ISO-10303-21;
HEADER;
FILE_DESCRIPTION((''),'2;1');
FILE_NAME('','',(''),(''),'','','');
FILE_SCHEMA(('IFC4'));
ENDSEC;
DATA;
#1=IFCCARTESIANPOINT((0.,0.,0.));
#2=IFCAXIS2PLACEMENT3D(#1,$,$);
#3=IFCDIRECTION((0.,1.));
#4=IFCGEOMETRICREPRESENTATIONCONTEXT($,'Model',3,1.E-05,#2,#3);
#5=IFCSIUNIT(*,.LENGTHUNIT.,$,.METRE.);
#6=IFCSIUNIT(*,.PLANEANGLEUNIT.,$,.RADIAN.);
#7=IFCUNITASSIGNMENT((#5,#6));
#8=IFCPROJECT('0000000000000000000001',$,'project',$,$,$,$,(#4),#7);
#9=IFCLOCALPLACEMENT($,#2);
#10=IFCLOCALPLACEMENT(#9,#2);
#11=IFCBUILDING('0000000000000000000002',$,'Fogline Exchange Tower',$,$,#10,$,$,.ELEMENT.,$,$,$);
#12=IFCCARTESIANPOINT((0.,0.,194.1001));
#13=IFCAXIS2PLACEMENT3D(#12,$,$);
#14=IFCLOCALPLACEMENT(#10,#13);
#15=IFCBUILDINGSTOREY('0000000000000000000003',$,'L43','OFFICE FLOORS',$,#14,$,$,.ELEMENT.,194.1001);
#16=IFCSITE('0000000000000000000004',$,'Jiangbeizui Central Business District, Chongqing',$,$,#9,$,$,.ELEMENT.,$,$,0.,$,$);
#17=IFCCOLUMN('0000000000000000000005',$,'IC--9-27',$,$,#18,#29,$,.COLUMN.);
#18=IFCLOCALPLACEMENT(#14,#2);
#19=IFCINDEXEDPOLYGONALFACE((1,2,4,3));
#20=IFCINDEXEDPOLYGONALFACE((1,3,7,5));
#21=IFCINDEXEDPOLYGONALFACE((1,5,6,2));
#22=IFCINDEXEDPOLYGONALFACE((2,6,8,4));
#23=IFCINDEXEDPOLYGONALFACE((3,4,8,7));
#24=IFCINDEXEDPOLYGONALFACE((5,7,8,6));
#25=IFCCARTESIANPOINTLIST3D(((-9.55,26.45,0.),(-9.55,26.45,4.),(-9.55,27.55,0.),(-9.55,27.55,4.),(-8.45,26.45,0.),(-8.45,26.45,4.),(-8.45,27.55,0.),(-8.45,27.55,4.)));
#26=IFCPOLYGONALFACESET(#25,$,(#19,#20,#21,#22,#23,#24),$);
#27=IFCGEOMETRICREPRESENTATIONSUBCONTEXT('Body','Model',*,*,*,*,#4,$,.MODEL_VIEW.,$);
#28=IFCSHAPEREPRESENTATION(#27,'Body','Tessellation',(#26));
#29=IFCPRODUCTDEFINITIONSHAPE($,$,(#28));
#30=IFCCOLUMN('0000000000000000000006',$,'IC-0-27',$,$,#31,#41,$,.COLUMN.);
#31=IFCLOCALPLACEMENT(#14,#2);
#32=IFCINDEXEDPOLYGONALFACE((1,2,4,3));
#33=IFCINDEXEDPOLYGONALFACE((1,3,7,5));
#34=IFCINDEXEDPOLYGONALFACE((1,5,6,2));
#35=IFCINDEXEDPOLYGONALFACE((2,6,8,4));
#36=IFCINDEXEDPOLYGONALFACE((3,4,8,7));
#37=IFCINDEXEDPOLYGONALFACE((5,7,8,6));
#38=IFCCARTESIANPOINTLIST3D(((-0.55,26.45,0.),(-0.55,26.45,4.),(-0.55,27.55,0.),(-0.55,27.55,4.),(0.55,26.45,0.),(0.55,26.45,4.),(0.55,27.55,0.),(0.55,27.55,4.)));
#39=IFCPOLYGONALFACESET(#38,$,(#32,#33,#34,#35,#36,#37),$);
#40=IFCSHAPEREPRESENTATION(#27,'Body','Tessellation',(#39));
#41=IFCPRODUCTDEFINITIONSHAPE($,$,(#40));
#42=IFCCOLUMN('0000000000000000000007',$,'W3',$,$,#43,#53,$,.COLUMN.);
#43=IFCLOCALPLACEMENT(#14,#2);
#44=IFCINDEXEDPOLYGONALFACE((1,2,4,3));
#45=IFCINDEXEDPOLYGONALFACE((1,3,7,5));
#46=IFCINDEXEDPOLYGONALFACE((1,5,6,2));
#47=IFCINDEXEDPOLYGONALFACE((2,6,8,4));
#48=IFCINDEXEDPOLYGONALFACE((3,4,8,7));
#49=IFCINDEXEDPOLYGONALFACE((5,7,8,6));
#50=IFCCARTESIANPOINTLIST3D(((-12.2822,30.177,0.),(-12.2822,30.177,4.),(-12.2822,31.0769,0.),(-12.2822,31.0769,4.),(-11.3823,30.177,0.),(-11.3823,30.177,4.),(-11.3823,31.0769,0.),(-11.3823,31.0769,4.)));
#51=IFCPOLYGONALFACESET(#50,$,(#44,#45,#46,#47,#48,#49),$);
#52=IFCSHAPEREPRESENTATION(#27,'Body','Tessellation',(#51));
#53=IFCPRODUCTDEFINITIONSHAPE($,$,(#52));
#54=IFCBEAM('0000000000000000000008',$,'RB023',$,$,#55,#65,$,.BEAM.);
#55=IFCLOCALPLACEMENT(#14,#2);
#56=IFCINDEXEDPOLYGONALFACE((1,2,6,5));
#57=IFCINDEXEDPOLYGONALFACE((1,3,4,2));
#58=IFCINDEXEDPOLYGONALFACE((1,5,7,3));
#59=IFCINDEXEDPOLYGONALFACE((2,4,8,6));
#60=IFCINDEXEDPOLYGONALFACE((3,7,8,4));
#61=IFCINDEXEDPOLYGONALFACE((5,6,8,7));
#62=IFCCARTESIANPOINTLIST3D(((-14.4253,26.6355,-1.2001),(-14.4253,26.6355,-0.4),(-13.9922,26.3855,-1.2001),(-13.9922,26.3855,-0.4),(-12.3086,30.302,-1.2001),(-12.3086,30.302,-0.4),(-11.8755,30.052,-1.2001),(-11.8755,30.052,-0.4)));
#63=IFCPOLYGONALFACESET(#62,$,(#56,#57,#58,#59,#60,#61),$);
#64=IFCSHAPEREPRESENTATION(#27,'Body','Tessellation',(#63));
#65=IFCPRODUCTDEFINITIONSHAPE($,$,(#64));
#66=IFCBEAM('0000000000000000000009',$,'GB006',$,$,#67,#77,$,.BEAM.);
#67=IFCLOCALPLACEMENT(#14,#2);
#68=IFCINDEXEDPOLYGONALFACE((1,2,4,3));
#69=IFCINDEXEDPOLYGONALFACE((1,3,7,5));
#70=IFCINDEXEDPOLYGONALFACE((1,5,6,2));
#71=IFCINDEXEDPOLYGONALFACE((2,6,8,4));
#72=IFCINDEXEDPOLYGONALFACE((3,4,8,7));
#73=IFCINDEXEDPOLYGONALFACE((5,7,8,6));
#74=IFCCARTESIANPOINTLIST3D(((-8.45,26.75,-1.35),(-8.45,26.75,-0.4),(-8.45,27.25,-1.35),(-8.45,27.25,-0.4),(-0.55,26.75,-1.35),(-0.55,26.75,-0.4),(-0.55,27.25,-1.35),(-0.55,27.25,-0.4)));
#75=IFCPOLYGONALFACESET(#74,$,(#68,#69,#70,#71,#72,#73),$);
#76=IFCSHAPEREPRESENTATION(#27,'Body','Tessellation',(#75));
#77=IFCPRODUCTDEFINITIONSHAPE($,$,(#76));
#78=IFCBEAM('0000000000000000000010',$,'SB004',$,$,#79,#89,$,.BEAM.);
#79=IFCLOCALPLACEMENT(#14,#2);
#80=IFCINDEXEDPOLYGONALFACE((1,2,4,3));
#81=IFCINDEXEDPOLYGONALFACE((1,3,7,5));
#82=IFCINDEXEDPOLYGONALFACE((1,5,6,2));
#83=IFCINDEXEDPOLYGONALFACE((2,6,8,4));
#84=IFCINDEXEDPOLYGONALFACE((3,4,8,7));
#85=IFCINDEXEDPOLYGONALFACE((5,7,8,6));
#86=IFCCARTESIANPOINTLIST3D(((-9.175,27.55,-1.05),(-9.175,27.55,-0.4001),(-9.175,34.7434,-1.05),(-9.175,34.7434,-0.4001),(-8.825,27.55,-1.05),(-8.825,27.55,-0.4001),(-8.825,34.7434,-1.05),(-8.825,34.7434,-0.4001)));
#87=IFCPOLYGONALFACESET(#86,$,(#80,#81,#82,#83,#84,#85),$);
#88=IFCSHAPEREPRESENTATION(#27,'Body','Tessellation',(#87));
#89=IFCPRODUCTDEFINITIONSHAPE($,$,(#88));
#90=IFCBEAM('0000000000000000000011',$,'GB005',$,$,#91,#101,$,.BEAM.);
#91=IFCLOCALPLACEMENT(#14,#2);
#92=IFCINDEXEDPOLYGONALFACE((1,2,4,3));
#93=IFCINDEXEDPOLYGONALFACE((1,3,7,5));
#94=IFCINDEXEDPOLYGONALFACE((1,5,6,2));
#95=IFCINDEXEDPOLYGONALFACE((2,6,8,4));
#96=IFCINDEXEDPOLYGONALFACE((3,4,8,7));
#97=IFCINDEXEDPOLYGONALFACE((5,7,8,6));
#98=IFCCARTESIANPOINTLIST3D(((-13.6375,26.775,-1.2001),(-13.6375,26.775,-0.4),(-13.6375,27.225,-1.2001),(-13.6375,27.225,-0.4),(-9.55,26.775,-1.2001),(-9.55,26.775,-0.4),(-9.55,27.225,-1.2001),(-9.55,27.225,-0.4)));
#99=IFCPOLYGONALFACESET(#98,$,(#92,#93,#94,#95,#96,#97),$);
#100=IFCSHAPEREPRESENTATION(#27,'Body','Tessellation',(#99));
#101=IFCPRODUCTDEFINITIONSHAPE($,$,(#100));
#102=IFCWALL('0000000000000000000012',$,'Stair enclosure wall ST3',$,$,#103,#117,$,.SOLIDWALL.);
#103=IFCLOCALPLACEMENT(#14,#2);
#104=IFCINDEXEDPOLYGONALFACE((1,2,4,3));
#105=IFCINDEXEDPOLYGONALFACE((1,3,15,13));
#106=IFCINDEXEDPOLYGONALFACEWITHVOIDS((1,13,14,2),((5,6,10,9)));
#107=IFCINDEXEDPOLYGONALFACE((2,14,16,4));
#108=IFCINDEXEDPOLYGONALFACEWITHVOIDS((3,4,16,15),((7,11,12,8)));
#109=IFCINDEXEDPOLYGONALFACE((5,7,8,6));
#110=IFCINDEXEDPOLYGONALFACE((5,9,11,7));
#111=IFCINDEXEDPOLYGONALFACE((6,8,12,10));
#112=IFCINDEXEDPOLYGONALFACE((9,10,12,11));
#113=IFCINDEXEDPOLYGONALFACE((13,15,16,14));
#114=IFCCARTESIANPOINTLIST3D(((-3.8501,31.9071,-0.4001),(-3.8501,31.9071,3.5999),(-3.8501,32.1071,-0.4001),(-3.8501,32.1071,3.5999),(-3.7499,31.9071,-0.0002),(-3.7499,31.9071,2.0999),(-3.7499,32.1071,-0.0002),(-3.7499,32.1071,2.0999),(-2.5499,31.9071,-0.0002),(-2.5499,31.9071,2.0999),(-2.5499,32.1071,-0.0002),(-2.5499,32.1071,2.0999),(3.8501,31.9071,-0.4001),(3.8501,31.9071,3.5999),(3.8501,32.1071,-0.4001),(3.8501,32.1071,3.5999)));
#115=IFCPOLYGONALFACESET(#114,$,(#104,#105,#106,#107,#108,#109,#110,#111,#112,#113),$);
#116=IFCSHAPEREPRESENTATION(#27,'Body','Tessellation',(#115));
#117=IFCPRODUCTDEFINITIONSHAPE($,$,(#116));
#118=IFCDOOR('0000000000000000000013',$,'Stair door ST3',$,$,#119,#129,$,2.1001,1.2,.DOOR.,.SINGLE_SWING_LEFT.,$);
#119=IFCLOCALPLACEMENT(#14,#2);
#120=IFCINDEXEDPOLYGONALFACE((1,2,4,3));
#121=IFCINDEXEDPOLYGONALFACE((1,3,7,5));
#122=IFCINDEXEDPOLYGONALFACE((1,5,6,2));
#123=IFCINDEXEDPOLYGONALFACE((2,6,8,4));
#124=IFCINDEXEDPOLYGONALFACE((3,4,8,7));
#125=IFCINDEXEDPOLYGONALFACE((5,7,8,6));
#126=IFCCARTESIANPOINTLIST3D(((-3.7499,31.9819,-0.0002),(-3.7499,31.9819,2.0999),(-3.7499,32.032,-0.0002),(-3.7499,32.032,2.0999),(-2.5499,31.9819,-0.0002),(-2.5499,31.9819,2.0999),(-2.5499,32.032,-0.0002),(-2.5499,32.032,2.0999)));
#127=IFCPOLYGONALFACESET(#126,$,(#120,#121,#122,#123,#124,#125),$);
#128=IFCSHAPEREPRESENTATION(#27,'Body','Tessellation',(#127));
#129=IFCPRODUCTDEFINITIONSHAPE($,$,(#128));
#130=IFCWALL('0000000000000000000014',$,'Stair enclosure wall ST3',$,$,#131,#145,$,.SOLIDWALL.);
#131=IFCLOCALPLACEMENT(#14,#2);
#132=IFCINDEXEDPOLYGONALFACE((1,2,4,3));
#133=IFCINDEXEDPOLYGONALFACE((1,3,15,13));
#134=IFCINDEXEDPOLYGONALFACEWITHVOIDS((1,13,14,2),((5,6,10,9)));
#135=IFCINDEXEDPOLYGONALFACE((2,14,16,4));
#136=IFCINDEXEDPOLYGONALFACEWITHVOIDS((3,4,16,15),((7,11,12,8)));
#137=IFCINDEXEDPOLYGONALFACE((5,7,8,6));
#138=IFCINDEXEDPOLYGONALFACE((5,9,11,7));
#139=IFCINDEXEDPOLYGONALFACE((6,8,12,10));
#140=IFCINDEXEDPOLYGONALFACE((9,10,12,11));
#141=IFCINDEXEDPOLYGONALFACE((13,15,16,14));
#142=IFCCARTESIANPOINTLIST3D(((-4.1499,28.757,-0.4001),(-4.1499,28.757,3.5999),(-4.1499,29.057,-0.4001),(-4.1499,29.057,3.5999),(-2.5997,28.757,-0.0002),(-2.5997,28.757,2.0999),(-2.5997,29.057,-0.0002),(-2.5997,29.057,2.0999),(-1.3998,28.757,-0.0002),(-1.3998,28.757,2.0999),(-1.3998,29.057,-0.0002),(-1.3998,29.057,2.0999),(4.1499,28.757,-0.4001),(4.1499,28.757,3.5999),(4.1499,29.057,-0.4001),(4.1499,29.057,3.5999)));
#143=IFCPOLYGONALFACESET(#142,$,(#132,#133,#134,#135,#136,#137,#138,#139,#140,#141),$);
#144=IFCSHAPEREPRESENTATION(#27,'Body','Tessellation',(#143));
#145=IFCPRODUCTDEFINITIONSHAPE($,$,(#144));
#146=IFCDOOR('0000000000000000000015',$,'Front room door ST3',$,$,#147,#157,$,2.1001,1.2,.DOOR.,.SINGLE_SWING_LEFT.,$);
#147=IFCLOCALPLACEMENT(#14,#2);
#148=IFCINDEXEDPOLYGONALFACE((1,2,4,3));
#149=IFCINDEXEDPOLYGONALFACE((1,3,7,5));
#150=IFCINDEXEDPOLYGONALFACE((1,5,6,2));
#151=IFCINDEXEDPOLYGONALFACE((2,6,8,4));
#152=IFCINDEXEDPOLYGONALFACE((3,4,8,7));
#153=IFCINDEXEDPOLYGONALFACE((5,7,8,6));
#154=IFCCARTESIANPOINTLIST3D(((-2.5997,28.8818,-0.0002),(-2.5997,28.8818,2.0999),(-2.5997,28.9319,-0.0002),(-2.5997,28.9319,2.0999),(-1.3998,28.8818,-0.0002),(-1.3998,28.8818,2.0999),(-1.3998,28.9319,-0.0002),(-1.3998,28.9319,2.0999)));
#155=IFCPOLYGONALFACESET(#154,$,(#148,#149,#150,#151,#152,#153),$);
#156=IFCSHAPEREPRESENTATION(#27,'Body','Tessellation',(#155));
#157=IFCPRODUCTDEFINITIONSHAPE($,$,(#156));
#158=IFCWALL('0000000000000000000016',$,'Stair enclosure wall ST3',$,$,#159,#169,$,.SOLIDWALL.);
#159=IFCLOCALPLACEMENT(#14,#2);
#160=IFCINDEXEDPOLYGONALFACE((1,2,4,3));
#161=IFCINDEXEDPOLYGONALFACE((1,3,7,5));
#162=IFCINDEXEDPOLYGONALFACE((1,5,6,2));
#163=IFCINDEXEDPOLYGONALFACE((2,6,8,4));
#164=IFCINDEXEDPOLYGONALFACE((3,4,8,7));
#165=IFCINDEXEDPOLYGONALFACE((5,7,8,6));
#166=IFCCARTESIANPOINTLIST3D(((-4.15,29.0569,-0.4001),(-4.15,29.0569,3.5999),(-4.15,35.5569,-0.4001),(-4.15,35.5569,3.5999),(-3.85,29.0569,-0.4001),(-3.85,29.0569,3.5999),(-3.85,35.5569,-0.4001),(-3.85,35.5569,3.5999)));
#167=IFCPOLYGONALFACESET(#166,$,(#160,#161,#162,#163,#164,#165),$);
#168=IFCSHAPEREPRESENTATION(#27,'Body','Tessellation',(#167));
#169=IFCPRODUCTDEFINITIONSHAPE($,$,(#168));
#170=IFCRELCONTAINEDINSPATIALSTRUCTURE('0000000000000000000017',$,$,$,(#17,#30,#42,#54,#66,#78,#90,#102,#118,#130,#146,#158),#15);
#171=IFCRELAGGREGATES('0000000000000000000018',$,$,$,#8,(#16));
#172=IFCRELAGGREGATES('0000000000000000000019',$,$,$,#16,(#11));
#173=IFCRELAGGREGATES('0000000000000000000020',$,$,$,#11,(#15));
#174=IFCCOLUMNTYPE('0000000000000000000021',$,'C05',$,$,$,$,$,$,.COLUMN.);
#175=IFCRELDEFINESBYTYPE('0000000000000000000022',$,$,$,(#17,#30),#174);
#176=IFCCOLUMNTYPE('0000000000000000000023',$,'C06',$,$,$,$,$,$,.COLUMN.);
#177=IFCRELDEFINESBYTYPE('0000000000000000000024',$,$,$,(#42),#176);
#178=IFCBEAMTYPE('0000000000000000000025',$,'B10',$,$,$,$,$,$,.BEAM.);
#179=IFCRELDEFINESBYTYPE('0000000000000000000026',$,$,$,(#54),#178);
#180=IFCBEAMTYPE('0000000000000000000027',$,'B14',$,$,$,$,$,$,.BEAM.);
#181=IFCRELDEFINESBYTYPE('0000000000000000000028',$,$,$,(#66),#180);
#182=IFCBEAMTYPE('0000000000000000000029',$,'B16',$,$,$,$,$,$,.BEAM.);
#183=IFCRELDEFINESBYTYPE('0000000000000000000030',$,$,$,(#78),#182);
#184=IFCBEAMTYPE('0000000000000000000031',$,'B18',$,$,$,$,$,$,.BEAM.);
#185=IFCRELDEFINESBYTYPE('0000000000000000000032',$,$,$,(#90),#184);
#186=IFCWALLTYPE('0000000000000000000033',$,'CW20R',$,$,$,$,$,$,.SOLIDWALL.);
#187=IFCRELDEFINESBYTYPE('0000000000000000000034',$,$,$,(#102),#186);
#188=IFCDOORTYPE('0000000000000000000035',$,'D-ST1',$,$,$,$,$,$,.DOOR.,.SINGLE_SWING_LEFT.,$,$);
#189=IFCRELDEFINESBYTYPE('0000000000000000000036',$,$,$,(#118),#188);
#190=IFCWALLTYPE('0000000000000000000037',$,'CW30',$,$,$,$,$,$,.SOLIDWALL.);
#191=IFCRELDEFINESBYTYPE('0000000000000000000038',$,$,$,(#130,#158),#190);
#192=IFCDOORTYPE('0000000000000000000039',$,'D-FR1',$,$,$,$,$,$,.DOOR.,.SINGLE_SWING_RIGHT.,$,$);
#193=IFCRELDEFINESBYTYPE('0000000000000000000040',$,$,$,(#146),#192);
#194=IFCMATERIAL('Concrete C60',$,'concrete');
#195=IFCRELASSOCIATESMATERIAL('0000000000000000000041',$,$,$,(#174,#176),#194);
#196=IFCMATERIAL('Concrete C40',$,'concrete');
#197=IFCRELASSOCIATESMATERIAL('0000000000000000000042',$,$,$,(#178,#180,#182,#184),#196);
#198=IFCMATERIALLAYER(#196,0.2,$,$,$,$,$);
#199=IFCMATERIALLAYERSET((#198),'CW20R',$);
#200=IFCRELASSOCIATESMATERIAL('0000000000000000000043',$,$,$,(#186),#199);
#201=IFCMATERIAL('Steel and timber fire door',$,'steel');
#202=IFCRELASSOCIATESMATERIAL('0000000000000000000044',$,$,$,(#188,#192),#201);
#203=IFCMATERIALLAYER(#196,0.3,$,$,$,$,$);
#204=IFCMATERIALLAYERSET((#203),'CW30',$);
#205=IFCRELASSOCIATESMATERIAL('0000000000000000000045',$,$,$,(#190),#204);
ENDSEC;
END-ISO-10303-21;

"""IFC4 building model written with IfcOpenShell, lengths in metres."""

from ifc_helpers import new_model, si_unit, direction, frame, frame_2d, origin, origin_2d, place, context, subcontext, project, spatial, rectangle, extrude, material, layer, layer_set, material_profile, profile_set, type_object, element, fill, save


model = new_model("IFC4")

# Units and contexts
model_context = context("Model", 3, precision=1e-05, world=origin(), true_north=direction((0.0, 1.0)))
body_context = subcontext(model_context, "Body", "Model", "MODEL_VIEW")
ifc_project = project(units=[si_unit("LENGTHUNIT", "METRE"), si_unit("PLANEANGLEUNIT", "RADIAN")], contexts=[model_context])

# Site, building, storey
site_placement = place(None, origin())
site = spatial("IfcSite", under=ifc_project, at=site_placement, Name="Jiangbeizui Central Business District, Chongqing", CompositionType="ELEMENT", RefElevation=0.0)
building_placement = place(site_placement, origin())
building = spatial("IfcBuilding", under=site, at=building_placement, Name="Fogline Exchange Tower", CompositionType="ELEMENT")
storey_placement = place(building_placement, frame((0.0, 0.0, 194.1001)))
storey = spatial("IfcBuildingStorey", under=building, at=storey_placement, Name="L43", Description="OFFICE FLOORS", CompositionType="ELEMENT", Elevation=194.1001)

# Columns
ifc_material_1 = material(Name="Concrete C60", Category="concrete")
ifc_material_profile_1 = material_profile(ifc_material_1, rectangle(XDim=1.1001, YDim=1.1001, at=origin_2d()), Name="RC 1100x1100")
ifc_profile_set_1 = profile_set([ifc_material_profile_1], Name="Concrete C60")
column_type_1 = type_object("IfcColumnType", Name="C05", PredefinedType="COLUMN", material=ifc_profile_set_1)
for number, where, z_axis, x_axis, name in (
    (1, (-9.0, 27.0, 0.0), (0.0, 0.0, 1.0), (1.0, 0.0, 0.0), "IC--9-27"),
    (2, (0.0, 27.0, 0.0), (0.0, 0.0, 1.0), (1.0, 0.0, 0.0), "IC-0-27"),
):
    element("IfcColumn", number, at=place(storey_placement, frame(where, z_axis=z_axis, x_axis=x_axis)), inside=storey, type_object=column_type_1, Name=name, PredefinedType="COLUMN", context=body_context, shape_type="SweptSolid", body=[
        extrude(rectangle(XDim=1.1001, YDim=1.1001, at=origin_2d()), origin(), (0.0, 0.0, 1.0), 4.0),
    ])
ifc_material_profile_2 = material_profile(ifc_material_1, rectangle(XDim=0.8999, YDim=0.8999, at=origin_2d()), Name="RC 900x900")
ifc_profile_set_2 = profile_set([ifc_material_profile_2], Name="Concrete C60")
column_type_2 = type_object("IfcColumnType", Name="C06", PredefinedType="COLUMN", material=ifc_profile_set_2)
column_placement = place(storey_placement, frame((-11.8323, 30.627, 0.0), z_axis=(0.0, 0.0, 1.0), x_axis=(1.0, 0.0, 0.0)))
element("IfcColumn", 3, at=column_placement, inside=storey, type_object=column_type_2, Name="W3", PredefinedType="COLUMN", context=body_context, shape_type="SweptSolid", body=[
    extrude(rectangle(XDim=0.8999, YDim=0.8999, at=origin_2d()), origin(), (0.0, 0.0, 1.0), 4.0),
])

# Beams
ifc_material_2 = material(Name="Concrete C40", Category="concrete")
ifc_material_profile_3 = material_profile(ifc_material_2, rectangle(XDim=0.5, YDim=0.8, at=origin_2d()), Name="RC 500x800")
ifc_profile_set_3 = profile_set([ifc_material_profile_3], Name="Concrete C40")
beam_type_1 = type_object("IfcBeamType", Name="B10", PredefinedType="BEAM", material=ifc_profile_set_3)
beam_1_placement = place(storey_placement, frame((-12.092, 30.177, -0.8), z_axis=(-0.499972, -0.866042, 0.0), x_axis=(0.866042, -0.499972, 0.0)))
element("IfcBeam", 4, at=beam_1_placement, inside=storey, type_object=beam_type_1, Name="RB023", PredefinedType="BEAM", context=body_context, shape_type="SweptSolid", body=[
    extrude(rectangle(XDim=0.5, YDim=0.8, at=origin_2d()), origin(), (0.0, 0.0, 1.0), 4.2336),
])
ifc_material_profile_4 = material_profile(ifc_material_2, rectangle(XDim=0.5, YDim=0.95, at=origin_2d()), Name="RC 500x950")
ifc_profile_set_4 = profile_set([ifc_material_profile_4], Name="Concrete C40")
beam_type_2 = type_object("IfcBeamType", Name="B14", PredefinedType="BEAM", material=ifc_profile_set_4)
beam_2_placement = place(storey_placement, frame((-8.45, 27.0, -0.875), z_axis=(1.0, 0.0, 0.0), x_axis=(0.0, 1.0, 0.0)))
element("IfcBeam", 5, at=beam_2_placement, inside=storey, type_object=beam_type_2, Name="GB006", PredefinedType="BEAM", context=body_context, shape_type="SweptSolid", body=[
    extrude(rectangle(XDim=0.5, YDim=0.95, at=origin_2d()), origin(), (0.0, 0.0, 1.0), 7.8999),
])
ifc_material_profile_5 = material_profile(ifc_material_2, rectangle(XDim=0.3501, YDim=0.6499, at=origin_2d()), Name="RC 350x650")
ifc_profile_set_5 = profile_set([ifc_material_profile_5], Name="Concrete C40")
beam_type_3 = type_object("IfcBeamType", Name="B16", PredefinedType="BEAM", material=ifc_profile_set_5)
beam_3_placement = place(storey_placement, frame((-9.0, 27.55, -0.7251), z_axis=(0.0, 1.0, 0.0), x_axis=(-1.0, 0.0, 0.0)))
element("IfcBeam", 6, at=beam_3_placement, inside=storey, type_object=beam_type_3, Name="SB004", PredefinedType="BEAM", context=body_context, shape_type="SweptSolid", body=[
    extrude(rectangle(XDim=0.3501, YDim=0.6499, at=origin_2d()), origin(), (0.0, 0.0, 1.0), 7.1934),
])
ifc_material_profile_6 = material_profile(ifc_material_2, rectangle(XDim=0.45, YDim=0.8, at=origin_2d()), Name="RC 450x800")
ifc_profile_set_6 = profile_set([ifc_material_profile_6], Name="Concrete C40")
beam_type_4 = type_object("IfcBeamType", Name="B18", PredefinedType="BEAM", material=ifc_profile_set_6)
beam_4_placement = place(storey_placement, frame((-13.6375, 27.0, -0.8), z_axis=(1.0, 0.0, 0.0), x_axis=(0.0, 1.0, 0.0)))
element("IfcBeam", 7, at=beam_4_placement, inside=storey, type_object=beam_type_4, Name="GB005", PredefinedType="BEAM", context=body_context, shape_type="SweptSolid", body=[
    extrude(rectangle(XDim=0.45, YDim=0.8, at=origin_2d()), origin(), (0.0, 0.0, 1.0), 4.0874),
])

# Walls, openings, doors
ifc_layer_1 = layer(ifc_material_2, 0.2)
ifc_layer_set_1 = layer_set([ifc_layer_1], Name="CW20R")
wall_type_1 = type_object("IfcWallType", Name="CW20R", PredefinedType="SOLIDWALL", material=ifc_layer_set_1)
wall_1_placement = place(storey_placement, frame((-3.8501, 32.0071, -0.4001), z_axis=(0.0, 0.0, 1.0), x_axis=(1.0, 0.0, 0.0)))
wall_1 = element("IfcWall", 8, at=wall_1_placement, inside=storey, type_object=wall_type_1, Name="Stair enclosure wall ST3", PredefinedType="SOLIDWALL", context=body_context, shape_type="SweptSolid", body=[
    extrude(rectangle(XDim=7.7002, YDim=0.2, at=frame_2d((3.8501, 0.0))), origin(), (0.0, 0.0, 1.0), 4.0),
])
opening_1_placement = place(wall_1_placement, frame((0.1001, 0.0, 0.3999)))
opening_1 = element("IfcOpeningElement", 9, at=opening_1_placement, cuts=wall_1, PredefinedType="OPENING", context=body_context, shape_type="SweptSolid", body=[
    extrude(rectangle(XDim=1.2, YDim=2.1001, at=frame_2d((0.6001, 1.05))), frame((0.0, 0.1099, 0.0), z_axis=(0.0, -1.0, 0.0), x_axis=(1.0, 0.0, 0.0)), (0.0, 0.0, 1.0), 0.22),
])
ifc_material_3 = material(Name="Steel and timber fire door", Category="steel")
door_type_1 = type_object("IfcDoorType", Name="D-ST1", OperationType="SINGLE_SWING_LEFT", PredefinedType="DOOR", material=ifc_material_3)
door_1_placement = place(opening_1_placement, origin())
door_1 = element("IfcDoor", 10, at=door_1_placement, inside=storey, type_object=door_type_1, Name="Stair door ST3", OperationType="SINGLE_SWING_LEFT", OverallHeight=2.1001, OverallWidth=1.2, PredefinedType="DOOR", context=body_context, shape_type="SweptSolid", body=[
    extrude(rectangle(XDim=1.2, YDim=2.1001, at=frame_2d((0.6001, 1.05))), frame((0.0, 0.0249, 0.0), z_axis=(0.0, -1.0, 0.0), x_axis=(1.0, 0.0, 0.0)), (0.0, 0.0, 1.0), 0.05),
])
fill(opening_1, door_1)
ifc_layer_2 = layer(ifc_material_2, 0.3)
ifc_layer_set_2 = layer_set([ifc_layer_2], Name="CW30")
wall_type_2 = type_object("IfcWallType", Name="CW30", PredefinedType="SOLIDWALL", material=ifc_layer_set_2)
wall_2_placement = place(storey_placement, frame((-4.1499, 28.907, -0.4001), z_axis=(0.0, 0.0, 1.0), x_axis=(1.0, 0.0, 0.0)))
wall_2 = element("IfcWall", 11, at=wall_2_placement, inside=storey, type_object=wall_type_2, Name="Stair enclosure wall ST3", PredefinedType="SOLIDWALL", context=body_context, shape_type="SweptSolid", body=[
    extrude(rectangle(XDim=8.2998, YDim=0.3, at=frame_2d((4.1499, 0.0))), origin(), (0.0, 0.0, 1.0), 4.0),
])
opening_2_placement = place(wall_2_placement, frame((1.55, 0.0, 0.3999)))
opening_2 = element("IfcOpeningElement", 12, at=opening_2_placement, cuts=wall_2, PredefinedType="OPENING", context=body_context, shape_type="SweptSolid", body=[
    extrude(rectangle(XDim=1.2, YDim=2.1001, at=frame_2d((0.6001, 1.05))), frame((0.0, 0.1602, 0.0), z_axis=(0.0, -1.0, 0.0), x_axis=(1.0, 0.0, 0.0)), (0.0, 0.0, 1.0), 0.3201),
])
door_type_2 = type_object("IfcDoorType", Name="D-FR1", OperationType="SINGLE_SWING_RIGHT", PredefinedType="DOOR", material=ifc_material_3)
door_2_placement = place(opening_2_placement, origin())
door_2 = element("IfcDoor", 13, at=door_2_placement, inside=storey, type_object=door_type_2, Name="Front room door ST3", OperationType="SINGLE_SWING_LEFT", OverallHeight=2.1001, OverallWidth=1.2, PredefinedType="DOOR", context=body_context, shape_type="SweptSolid", body=[
    extrude(rectangle(XDim=1.2, YDim=2.1001, at=frame_2d((0.6001, 1.05))), frame((0.0, 0.0249, 0.0), z_axis=(0.0, -1.0, 0.0), x_axis=(1.0, 0.0, 0.0)), (0.0, 0.0, 1.0), 0.05),
])
fill(opening_2, door_2)

# Wall
wall_3_placement = place(storey_placement, frame((-4.0, 29.0569, -0.4001), z_axis=(0.0, 0.0, 1.0), x_axis=(0.0, 1.0, 0.0)))
element("IfcWall", 14, at=wall_3_placement, inside=storey, type_object=wall_type_2, Name="Stair enclosure wall ST3", PredefinedType="SOLIDWALL", context=body_context, shape_type="SweptSolid", body=[
    extrude(rectangle(XDim=6.5, YDim=0.3, at=frame_2d((3.25, 0.0))), origin(), (0.0, 0.0, 1.0), 4.0),
])

save(model, "model.ifc")
